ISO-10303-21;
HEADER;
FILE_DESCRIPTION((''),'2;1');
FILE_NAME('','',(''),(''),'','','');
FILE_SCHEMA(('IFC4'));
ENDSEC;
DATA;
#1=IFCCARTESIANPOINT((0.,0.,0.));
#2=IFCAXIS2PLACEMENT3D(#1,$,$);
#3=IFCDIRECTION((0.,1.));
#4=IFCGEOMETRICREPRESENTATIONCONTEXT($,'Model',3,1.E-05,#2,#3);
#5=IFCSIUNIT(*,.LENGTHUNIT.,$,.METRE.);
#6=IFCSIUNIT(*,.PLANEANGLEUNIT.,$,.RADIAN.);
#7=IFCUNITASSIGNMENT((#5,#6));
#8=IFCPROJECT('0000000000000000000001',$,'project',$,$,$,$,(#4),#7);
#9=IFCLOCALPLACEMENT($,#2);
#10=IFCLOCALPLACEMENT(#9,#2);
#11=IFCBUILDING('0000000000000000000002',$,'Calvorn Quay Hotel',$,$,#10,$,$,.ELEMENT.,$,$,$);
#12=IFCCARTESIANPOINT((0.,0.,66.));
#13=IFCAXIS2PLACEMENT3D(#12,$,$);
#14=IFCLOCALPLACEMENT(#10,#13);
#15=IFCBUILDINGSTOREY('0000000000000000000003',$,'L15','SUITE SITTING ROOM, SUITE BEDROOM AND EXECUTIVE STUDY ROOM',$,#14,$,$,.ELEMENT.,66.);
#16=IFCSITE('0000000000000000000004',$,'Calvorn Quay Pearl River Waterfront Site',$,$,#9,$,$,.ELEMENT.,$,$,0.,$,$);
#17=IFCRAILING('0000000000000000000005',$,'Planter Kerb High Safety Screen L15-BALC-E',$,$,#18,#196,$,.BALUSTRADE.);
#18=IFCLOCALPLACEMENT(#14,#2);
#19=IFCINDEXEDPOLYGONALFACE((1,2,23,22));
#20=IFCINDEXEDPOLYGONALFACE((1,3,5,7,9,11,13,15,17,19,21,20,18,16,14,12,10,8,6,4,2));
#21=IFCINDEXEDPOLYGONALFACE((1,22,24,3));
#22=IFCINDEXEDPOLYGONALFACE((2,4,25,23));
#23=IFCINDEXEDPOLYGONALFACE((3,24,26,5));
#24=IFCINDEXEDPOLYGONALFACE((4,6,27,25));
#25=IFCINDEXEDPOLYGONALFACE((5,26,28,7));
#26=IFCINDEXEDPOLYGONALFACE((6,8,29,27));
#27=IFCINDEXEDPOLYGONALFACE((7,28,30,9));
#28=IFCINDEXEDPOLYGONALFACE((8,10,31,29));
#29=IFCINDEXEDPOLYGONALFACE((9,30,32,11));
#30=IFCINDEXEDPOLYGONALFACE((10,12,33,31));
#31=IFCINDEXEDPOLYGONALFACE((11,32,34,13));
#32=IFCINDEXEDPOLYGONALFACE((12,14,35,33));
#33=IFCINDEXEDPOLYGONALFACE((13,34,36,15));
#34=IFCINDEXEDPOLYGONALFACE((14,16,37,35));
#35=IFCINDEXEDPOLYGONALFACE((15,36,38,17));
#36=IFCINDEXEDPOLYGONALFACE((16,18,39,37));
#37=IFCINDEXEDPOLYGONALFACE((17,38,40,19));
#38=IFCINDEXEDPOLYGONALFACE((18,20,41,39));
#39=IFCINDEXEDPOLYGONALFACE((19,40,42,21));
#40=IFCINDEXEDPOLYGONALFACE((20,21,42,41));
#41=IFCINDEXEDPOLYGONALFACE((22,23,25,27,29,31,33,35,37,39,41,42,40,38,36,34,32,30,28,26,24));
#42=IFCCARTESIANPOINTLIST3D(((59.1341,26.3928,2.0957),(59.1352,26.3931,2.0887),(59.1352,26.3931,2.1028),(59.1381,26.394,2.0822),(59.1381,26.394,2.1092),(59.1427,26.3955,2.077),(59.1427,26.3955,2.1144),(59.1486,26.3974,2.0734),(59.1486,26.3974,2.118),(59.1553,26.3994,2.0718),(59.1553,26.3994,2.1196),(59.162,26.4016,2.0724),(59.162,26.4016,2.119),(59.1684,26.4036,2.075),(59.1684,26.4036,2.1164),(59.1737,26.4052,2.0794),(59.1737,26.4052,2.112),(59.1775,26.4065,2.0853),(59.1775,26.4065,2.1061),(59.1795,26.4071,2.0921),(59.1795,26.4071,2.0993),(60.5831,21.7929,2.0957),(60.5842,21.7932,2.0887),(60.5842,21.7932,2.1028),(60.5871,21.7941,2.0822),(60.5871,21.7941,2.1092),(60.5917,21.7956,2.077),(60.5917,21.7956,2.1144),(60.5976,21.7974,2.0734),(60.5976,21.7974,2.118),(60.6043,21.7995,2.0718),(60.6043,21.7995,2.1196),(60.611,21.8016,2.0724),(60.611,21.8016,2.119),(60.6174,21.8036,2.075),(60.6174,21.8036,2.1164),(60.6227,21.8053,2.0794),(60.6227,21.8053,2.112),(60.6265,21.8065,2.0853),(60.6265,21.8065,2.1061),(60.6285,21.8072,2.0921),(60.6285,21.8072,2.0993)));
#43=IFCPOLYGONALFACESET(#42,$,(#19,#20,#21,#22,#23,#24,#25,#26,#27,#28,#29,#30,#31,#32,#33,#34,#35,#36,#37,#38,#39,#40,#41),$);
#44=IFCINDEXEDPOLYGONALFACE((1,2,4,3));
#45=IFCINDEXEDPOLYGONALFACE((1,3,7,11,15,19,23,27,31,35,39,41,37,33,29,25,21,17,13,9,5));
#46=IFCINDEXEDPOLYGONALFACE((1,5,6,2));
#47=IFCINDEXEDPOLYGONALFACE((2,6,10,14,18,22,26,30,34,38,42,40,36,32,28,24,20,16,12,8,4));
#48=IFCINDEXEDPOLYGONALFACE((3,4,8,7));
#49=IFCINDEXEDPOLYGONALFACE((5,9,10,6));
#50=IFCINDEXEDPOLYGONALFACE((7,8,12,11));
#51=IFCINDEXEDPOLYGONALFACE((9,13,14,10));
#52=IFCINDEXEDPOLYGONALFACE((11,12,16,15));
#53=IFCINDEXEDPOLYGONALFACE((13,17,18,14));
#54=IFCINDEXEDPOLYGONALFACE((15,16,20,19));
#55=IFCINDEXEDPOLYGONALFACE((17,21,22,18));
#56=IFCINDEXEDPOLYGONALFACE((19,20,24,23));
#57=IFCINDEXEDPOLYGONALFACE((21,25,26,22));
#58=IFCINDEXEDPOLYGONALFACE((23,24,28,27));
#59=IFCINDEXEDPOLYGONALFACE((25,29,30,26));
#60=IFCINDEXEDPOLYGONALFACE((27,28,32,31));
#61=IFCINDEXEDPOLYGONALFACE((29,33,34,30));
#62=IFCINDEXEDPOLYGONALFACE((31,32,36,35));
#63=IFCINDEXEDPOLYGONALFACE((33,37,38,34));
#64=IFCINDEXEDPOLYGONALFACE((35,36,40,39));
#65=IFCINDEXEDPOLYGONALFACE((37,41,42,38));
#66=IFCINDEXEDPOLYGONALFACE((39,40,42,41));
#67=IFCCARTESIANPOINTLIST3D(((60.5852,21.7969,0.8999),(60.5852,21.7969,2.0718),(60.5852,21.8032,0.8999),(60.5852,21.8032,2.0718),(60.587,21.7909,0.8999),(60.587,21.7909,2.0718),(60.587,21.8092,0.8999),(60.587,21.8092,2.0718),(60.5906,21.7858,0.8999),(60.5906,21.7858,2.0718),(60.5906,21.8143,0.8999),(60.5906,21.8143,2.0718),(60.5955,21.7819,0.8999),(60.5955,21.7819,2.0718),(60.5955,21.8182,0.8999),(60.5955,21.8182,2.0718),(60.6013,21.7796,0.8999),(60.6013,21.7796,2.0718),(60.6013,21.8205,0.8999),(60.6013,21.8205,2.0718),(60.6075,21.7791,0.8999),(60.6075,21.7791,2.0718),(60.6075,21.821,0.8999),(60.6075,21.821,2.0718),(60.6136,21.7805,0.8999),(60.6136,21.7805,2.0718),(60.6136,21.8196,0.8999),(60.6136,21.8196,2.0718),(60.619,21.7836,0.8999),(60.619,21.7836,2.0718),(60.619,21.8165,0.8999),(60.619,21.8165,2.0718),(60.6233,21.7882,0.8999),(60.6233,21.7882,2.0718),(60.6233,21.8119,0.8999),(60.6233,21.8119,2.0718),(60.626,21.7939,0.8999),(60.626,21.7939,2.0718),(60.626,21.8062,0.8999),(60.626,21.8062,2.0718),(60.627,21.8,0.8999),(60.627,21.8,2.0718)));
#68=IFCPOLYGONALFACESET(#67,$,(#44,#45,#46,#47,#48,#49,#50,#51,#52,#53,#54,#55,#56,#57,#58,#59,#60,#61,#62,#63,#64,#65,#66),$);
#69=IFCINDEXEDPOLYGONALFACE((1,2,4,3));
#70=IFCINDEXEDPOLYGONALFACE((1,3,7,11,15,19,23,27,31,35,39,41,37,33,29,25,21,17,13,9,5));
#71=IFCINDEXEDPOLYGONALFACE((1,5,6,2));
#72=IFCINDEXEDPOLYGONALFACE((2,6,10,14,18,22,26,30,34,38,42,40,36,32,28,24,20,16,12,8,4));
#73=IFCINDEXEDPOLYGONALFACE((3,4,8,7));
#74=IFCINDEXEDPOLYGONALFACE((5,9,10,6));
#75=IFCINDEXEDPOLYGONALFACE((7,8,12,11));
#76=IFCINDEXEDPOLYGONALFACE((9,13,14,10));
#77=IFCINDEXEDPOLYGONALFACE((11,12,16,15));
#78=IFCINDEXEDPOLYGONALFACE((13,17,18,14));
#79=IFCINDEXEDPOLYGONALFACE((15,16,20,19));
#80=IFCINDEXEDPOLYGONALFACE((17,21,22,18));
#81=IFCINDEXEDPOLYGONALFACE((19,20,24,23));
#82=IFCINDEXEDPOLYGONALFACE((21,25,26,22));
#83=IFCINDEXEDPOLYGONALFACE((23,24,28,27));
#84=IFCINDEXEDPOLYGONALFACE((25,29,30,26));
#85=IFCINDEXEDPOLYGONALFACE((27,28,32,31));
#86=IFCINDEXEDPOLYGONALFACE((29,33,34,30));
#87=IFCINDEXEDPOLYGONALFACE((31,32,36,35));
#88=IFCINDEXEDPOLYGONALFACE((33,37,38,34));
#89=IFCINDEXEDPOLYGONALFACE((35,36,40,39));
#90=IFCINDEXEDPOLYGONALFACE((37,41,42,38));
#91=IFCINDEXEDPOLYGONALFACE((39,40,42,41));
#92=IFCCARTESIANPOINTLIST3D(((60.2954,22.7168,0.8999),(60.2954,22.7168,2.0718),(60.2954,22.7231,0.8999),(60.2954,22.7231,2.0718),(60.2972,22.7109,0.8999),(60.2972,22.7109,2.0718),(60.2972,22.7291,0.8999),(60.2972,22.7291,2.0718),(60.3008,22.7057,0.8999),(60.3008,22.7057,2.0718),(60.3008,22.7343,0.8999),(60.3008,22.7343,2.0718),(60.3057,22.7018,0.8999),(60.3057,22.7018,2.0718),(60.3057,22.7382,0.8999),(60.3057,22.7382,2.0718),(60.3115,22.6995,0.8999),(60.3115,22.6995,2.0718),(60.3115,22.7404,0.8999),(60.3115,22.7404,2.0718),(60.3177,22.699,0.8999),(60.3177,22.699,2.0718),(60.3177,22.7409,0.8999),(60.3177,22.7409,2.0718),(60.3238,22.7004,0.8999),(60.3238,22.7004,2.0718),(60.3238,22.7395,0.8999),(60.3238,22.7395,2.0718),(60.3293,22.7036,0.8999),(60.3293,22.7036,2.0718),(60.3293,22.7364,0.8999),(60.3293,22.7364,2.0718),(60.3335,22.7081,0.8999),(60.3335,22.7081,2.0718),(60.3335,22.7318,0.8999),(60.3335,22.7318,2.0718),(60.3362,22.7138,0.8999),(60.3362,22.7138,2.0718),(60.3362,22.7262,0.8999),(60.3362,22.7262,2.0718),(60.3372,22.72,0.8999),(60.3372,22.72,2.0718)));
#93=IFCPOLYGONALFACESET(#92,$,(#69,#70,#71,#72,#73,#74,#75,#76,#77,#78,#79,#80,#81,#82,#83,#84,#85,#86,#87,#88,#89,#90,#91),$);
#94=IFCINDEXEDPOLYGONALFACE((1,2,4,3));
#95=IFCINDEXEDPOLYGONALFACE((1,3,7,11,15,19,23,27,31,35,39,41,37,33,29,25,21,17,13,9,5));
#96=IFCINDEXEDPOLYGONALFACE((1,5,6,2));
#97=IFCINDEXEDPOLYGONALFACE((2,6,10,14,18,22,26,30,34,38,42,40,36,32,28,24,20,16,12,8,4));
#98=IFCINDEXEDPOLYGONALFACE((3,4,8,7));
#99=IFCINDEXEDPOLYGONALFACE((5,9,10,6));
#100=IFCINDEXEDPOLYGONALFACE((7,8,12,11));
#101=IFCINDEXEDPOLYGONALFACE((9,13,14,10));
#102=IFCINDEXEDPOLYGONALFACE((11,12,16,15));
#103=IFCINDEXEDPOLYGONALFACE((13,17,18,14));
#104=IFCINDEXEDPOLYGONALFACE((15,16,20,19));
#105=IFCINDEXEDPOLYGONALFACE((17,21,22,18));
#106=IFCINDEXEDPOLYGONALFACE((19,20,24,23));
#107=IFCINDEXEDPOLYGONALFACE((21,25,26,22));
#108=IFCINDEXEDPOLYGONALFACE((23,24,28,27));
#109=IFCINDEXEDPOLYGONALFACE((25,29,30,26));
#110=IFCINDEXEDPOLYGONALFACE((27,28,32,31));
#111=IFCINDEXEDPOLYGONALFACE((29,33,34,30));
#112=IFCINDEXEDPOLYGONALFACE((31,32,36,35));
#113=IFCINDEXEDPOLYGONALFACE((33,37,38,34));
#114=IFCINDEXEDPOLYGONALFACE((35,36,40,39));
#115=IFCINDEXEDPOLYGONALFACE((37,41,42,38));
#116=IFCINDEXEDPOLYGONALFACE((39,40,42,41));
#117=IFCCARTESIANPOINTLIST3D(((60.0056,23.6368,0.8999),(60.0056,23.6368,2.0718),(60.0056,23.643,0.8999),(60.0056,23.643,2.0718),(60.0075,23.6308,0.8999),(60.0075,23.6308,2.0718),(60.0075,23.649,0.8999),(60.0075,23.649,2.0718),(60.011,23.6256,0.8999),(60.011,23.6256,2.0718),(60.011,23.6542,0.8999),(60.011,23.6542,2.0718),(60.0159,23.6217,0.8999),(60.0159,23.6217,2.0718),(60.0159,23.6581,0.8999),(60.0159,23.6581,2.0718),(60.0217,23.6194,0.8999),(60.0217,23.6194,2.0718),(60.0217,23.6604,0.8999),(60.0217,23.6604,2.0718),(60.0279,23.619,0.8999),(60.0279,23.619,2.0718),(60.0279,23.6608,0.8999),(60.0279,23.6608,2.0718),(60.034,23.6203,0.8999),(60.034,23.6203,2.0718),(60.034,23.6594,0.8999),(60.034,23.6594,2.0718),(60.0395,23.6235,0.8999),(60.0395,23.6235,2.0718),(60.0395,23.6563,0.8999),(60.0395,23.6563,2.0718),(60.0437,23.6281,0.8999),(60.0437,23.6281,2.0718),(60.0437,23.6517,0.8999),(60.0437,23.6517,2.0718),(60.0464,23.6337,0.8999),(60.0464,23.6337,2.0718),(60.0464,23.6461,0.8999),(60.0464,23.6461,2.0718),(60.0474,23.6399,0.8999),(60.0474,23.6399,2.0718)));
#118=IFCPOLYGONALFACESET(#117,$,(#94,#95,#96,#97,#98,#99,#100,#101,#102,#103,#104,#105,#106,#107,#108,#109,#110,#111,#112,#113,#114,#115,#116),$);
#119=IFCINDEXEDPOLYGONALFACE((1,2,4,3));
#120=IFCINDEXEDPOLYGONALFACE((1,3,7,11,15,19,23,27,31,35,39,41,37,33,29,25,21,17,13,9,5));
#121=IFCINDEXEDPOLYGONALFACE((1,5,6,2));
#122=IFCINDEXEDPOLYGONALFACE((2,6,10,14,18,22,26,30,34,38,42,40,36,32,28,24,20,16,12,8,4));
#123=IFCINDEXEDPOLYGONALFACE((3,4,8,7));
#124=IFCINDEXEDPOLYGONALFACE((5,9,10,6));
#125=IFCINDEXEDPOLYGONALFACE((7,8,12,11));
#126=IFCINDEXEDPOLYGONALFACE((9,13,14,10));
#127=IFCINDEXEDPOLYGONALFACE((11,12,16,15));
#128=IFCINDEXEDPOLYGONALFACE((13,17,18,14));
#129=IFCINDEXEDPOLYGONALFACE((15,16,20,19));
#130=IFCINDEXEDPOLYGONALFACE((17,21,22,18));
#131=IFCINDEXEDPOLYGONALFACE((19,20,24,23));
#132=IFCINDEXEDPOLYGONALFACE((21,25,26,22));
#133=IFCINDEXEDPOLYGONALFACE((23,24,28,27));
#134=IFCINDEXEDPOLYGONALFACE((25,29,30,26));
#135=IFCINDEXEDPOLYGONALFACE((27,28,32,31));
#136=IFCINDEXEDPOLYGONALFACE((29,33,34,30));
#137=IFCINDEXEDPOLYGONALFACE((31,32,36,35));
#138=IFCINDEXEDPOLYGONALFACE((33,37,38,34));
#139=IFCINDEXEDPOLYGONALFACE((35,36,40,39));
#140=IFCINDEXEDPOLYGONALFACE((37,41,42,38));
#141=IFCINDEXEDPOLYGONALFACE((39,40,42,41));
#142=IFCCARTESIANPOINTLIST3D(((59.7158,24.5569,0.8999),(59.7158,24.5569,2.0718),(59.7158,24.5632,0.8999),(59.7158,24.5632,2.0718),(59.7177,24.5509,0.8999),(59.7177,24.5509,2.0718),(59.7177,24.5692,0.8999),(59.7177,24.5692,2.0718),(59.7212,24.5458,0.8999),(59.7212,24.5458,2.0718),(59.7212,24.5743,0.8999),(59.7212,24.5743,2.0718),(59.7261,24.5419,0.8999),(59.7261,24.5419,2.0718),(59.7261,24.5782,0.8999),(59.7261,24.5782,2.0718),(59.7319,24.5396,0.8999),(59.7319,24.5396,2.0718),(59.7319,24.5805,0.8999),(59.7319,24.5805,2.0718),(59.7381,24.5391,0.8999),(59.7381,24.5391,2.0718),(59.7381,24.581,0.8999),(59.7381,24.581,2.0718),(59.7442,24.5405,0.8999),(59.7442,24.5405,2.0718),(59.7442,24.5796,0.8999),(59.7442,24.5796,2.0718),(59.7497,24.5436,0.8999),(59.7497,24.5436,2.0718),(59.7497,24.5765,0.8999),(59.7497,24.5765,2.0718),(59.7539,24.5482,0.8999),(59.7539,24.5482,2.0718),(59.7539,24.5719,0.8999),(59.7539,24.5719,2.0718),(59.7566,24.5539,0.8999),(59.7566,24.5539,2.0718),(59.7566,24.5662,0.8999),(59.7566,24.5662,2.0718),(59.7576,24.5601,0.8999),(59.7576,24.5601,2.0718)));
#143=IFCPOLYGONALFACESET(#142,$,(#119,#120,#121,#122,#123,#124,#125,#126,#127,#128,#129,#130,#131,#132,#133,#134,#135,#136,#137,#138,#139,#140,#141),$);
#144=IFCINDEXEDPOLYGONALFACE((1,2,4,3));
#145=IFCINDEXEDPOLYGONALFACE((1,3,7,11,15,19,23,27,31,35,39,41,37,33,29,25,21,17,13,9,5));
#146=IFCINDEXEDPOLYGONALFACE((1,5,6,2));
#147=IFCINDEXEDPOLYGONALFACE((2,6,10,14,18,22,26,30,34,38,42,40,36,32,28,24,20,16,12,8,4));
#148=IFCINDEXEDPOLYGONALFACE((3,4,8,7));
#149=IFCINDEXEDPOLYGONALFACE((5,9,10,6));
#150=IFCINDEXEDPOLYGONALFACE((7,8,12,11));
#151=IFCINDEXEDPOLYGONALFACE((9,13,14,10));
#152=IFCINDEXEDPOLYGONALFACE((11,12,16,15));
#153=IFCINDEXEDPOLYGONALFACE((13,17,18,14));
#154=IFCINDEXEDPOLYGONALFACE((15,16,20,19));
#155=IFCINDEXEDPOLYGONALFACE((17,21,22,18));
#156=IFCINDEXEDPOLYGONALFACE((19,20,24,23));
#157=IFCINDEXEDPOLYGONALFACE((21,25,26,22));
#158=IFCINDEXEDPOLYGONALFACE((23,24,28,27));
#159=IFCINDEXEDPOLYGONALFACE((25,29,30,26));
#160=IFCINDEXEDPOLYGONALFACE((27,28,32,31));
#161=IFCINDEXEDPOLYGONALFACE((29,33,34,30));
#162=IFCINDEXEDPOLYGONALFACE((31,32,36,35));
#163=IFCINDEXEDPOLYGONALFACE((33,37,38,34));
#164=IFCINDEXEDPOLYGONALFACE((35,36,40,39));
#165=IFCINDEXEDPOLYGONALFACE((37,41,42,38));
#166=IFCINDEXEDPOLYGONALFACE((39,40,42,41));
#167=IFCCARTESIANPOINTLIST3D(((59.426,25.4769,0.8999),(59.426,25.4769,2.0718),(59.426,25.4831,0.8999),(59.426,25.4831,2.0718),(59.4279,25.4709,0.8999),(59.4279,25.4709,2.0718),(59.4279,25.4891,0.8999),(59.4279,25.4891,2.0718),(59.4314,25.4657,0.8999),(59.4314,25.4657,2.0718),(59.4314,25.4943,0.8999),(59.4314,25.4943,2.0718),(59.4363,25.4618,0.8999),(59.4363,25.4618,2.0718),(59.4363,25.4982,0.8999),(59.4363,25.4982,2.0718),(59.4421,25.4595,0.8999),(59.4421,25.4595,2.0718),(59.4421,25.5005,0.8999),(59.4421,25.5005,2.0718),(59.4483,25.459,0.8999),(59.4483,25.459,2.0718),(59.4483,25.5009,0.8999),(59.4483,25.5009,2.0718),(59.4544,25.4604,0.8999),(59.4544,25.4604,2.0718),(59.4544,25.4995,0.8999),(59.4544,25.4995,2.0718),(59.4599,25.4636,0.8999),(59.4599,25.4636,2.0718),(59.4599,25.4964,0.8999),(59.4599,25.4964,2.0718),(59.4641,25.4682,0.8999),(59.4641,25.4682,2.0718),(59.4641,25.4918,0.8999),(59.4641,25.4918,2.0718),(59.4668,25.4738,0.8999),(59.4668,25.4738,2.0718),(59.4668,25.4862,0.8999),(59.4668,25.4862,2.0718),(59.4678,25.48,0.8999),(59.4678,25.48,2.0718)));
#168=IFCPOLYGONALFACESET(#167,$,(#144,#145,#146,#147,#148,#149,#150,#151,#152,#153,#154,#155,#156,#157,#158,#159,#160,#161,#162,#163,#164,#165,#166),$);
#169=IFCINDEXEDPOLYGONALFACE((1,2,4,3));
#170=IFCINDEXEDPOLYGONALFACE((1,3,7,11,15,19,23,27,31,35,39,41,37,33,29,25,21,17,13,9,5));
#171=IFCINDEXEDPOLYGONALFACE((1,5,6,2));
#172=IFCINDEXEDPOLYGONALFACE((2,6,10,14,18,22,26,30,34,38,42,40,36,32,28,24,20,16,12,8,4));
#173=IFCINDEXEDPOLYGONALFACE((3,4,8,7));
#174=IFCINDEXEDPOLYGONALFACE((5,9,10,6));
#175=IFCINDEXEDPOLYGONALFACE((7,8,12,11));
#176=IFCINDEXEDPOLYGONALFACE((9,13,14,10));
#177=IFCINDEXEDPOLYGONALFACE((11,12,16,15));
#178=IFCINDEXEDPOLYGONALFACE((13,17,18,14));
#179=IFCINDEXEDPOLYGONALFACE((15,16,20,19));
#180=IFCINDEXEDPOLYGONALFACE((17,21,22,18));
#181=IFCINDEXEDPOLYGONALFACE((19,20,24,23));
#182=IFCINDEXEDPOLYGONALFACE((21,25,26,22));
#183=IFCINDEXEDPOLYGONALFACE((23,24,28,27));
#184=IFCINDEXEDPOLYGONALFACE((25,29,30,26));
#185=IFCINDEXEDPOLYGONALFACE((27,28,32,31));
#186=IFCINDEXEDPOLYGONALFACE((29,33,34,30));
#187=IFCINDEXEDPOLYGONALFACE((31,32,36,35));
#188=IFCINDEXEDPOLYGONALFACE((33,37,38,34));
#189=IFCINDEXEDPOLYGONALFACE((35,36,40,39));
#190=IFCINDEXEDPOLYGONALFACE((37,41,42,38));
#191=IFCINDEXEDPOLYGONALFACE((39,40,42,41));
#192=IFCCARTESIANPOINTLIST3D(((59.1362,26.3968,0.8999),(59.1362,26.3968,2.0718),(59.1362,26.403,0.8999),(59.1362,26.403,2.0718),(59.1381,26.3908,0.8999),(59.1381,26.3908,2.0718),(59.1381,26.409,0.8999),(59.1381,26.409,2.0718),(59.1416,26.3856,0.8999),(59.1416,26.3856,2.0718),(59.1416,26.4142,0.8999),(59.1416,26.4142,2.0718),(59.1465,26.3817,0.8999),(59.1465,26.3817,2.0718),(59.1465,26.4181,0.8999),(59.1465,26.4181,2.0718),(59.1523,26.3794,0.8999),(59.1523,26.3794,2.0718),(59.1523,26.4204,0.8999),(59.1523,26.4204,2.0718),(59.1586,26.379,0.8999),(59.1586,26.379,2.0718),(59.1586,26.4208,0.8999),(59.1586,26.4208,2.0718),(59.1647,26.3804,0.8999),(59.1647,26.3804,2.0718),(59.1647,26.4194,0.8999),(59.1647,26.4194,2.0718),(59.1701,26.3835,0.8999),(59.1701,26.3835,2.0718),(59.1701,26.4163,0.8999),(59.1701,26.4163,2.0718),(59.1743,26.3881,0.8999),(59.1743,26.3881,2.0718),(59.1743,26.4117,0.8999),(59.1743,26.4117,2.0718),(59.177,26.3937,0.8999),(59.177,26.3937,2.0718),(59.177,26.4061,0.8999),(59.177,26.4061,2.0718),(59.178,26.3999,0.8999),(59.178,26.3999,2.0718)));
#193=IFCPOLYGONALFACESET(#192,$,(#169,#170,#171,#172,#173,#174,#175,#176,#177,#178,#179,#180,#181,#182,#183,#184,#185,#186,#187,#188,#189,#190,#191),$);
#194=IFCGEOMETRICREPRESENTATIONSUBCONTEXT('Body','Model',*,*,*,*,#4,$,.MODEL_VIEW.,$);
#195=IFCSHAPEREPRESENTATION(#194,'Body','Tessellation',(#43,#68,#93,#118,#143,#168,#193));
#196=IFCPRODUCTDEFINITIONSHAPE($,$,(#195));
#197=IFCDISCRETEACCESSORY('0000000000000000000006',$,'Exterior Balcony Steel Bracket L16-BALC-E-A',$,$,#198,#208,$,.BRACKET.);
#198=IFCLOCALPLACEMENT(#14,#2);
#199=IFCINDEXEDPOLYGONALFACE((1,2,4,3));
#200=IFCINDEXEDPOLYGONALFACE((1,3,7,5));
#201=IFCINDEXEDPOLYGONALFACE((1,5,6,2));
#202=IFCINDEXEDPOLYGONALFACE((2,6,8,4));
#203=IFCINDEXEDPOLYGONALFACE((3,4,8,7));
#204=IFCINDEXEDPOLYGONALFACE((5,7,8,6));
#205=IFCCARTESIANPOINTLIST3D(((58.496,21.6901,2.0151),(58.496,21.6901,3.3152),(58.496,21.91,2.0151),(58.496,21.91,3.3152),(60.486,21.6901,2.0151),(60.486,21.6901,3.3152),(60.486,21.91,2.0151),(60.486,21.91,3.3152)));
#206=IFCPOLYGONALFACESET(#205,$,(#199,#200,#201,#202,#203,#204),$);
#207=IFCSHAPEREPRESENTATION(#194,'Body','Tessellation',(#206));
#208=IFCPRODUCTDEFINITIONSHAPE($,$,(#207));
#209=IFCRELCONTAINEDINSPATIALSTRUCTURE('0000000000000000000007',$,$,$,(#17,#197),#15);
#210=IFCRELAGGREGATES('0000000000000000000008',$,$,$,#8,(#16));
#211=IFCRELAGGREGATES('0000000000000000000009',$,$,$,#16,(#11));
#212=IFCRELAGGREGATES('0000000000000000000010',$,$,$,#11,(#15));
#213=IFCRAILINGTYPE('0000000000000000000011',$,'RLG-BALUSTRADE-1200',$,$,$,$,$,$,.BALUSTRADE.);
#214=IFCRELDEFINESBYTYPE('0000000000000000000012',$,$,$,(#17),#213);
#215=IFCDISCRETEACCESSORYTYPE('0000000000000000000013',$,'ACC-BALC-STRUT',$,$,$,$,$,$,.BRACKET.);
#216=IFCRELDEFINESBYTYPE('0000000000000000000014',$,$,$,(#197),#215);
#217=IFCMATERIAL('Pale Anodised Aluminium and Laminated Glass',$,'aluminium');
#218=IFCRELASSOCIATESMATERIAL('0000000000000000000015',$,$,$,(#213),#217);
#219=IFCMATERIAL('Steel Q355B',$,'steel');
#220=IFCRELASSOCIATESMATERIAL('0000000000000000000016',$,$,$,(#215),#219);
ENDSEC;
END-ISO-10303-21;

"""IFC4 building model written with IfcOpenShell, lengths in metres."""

from ifc_helpers import new_model, si_unit, direction, frame, origin, origin_2d, place, context, subcontext, project, spatial, rectangle, circle, extrude, material, type_object, element, save


model = new_model("IFC4")

# Units and contexts
model_context = context("Model", 3, precision=1e-05, world=origin(), true_north=direction((0.0, 1.0)))
body_context = subcontext(model_context, "Body", "Model", "MODEL_VIEW")
ifc_project = project(units=[si_unit("LENGTHUNIT", "METRE"), si_unit("PLANEANGLEUNIT", "RADIAN")], contexts=[model_context])

# Site, building, storey
site_placement = place(None, origin())
site = spatial("IfcSite", under=ifc_project, at=site_placement, Name="Calvorn Quay Pearl River Waterfront Site", CompositionType="ELEMENT", RefElevation=0.0)
building_placement = place(site_placement, origin())
building = spatial("IfcBuilding", under=site, at=building_placement, Name="Calvorn Quay Hotel", CompositionType="ELEMENT")
storey_placement = place(building_placement, frame((0.0, 0.0, 66.0)))
storey = spatial("IfcBuildingStorey", under=building, at=storey_placement, Name="L15", Description="SUITE SITTING ROOM, SUITE BEDROOM AND EXECUTIVE STUDY ROOM", CompositionType="ELEMENT", Elevation=66.0)

# Railing
ifc_material_1 = material(Name="Pale Anodised Aluminium and Laminated Glass", Category="aluminium")
railing_type = type_object("IfcRailingType", Name="RLG-BALUSTRADE-1200", PredefinedType="BALUSTRADE", material=ifc_material_1)
railing_1_placement = place(storey_placement, frame((60.606, 21.8, 0.8999)))
element("IfcRailing", 1, at=railing_1_placement, inside=storey, type_object=railing_type, Name="Planter Kerb High Safety Screen L15-BALC-E", PredefinedType="BALUSTRADE", context=body_context, shape_type="SweptSolid", body=[
    extrude(circle(Radius=0.0239, at=origin_2d()), frame((0.0, 0.0, 1.1958), z_axis=(-0.30045, 0.953797, 0.0), x_axis=(-0.953797, -0.30045, 0.0)), (0.0, 0.0, 1.0), 4.8228),
    extrude(circle(Radius=0.021, at=origin_2d()), origin(), (0.0, 0.0, 1.0), 1.1719),
    extrude(circle(Radius=0.021, at=origin_2d()), frame((-0.2898, 0.9199, 0.0)), (0.0, 0.0, 1.0), 1.1719),
    extrude(circle(Radius=0.021, at=origin_2d()), frame((-0.5796, 1.8398, 0.0)), (0.0, 0.0, 1.0), 1.1719),
    extrude(circle(Radius=0.021, at=origin_2d()), frame((-0.8694, 2.76, 0.0)), (0.0, 0.0, 1.0), 1.1719),
    extrude(circle(Radius=0.021, at=origin_2d()), frame((-1.1592, 3.6799, 0.0)), (0.0, 0.0, 1.0), 1.1719),
    extrude(circle(Radius=0.021, at=origin_2d()), frame((-1.449, 4.5999, 0.0)), (0.0, 0.0, 1.0), 1.1719),
])

# Discrete accessory
ifc_material_2 = material(Name="Steel Q355B", Category="steel")
discrete_accessory_type = type_object("IfcDiscreteAccessoryType", Name="ACC-BALC-STRUT", PredefinedType="BRACKET", material=ifc_material_2)
discrete_accessory_placement = place(storey_placement, frame((59.491, 21.8, 2.0151), z_axis=(0.0, 0.0, 1.0), x_axis=(1.0, 0.0, 0.0)))
element("IfcDiscreteAccessory", 2, at=discrete_accessory_placement, inside=storey, type_object=discrete_accessory_type, Name="Exterior Balcony Steel Bracket L16-BALC-E-A", PredefinedType="BRACKET", context=body_context, shape_type="SweptSolid", body=[
    extrude(rectangle(XDim=1.99, YDim=0.22, at=origin_2d()), origin(), (0.0, 0.0, 1.0), 1.3),
])

save(model, "model.ifc")
